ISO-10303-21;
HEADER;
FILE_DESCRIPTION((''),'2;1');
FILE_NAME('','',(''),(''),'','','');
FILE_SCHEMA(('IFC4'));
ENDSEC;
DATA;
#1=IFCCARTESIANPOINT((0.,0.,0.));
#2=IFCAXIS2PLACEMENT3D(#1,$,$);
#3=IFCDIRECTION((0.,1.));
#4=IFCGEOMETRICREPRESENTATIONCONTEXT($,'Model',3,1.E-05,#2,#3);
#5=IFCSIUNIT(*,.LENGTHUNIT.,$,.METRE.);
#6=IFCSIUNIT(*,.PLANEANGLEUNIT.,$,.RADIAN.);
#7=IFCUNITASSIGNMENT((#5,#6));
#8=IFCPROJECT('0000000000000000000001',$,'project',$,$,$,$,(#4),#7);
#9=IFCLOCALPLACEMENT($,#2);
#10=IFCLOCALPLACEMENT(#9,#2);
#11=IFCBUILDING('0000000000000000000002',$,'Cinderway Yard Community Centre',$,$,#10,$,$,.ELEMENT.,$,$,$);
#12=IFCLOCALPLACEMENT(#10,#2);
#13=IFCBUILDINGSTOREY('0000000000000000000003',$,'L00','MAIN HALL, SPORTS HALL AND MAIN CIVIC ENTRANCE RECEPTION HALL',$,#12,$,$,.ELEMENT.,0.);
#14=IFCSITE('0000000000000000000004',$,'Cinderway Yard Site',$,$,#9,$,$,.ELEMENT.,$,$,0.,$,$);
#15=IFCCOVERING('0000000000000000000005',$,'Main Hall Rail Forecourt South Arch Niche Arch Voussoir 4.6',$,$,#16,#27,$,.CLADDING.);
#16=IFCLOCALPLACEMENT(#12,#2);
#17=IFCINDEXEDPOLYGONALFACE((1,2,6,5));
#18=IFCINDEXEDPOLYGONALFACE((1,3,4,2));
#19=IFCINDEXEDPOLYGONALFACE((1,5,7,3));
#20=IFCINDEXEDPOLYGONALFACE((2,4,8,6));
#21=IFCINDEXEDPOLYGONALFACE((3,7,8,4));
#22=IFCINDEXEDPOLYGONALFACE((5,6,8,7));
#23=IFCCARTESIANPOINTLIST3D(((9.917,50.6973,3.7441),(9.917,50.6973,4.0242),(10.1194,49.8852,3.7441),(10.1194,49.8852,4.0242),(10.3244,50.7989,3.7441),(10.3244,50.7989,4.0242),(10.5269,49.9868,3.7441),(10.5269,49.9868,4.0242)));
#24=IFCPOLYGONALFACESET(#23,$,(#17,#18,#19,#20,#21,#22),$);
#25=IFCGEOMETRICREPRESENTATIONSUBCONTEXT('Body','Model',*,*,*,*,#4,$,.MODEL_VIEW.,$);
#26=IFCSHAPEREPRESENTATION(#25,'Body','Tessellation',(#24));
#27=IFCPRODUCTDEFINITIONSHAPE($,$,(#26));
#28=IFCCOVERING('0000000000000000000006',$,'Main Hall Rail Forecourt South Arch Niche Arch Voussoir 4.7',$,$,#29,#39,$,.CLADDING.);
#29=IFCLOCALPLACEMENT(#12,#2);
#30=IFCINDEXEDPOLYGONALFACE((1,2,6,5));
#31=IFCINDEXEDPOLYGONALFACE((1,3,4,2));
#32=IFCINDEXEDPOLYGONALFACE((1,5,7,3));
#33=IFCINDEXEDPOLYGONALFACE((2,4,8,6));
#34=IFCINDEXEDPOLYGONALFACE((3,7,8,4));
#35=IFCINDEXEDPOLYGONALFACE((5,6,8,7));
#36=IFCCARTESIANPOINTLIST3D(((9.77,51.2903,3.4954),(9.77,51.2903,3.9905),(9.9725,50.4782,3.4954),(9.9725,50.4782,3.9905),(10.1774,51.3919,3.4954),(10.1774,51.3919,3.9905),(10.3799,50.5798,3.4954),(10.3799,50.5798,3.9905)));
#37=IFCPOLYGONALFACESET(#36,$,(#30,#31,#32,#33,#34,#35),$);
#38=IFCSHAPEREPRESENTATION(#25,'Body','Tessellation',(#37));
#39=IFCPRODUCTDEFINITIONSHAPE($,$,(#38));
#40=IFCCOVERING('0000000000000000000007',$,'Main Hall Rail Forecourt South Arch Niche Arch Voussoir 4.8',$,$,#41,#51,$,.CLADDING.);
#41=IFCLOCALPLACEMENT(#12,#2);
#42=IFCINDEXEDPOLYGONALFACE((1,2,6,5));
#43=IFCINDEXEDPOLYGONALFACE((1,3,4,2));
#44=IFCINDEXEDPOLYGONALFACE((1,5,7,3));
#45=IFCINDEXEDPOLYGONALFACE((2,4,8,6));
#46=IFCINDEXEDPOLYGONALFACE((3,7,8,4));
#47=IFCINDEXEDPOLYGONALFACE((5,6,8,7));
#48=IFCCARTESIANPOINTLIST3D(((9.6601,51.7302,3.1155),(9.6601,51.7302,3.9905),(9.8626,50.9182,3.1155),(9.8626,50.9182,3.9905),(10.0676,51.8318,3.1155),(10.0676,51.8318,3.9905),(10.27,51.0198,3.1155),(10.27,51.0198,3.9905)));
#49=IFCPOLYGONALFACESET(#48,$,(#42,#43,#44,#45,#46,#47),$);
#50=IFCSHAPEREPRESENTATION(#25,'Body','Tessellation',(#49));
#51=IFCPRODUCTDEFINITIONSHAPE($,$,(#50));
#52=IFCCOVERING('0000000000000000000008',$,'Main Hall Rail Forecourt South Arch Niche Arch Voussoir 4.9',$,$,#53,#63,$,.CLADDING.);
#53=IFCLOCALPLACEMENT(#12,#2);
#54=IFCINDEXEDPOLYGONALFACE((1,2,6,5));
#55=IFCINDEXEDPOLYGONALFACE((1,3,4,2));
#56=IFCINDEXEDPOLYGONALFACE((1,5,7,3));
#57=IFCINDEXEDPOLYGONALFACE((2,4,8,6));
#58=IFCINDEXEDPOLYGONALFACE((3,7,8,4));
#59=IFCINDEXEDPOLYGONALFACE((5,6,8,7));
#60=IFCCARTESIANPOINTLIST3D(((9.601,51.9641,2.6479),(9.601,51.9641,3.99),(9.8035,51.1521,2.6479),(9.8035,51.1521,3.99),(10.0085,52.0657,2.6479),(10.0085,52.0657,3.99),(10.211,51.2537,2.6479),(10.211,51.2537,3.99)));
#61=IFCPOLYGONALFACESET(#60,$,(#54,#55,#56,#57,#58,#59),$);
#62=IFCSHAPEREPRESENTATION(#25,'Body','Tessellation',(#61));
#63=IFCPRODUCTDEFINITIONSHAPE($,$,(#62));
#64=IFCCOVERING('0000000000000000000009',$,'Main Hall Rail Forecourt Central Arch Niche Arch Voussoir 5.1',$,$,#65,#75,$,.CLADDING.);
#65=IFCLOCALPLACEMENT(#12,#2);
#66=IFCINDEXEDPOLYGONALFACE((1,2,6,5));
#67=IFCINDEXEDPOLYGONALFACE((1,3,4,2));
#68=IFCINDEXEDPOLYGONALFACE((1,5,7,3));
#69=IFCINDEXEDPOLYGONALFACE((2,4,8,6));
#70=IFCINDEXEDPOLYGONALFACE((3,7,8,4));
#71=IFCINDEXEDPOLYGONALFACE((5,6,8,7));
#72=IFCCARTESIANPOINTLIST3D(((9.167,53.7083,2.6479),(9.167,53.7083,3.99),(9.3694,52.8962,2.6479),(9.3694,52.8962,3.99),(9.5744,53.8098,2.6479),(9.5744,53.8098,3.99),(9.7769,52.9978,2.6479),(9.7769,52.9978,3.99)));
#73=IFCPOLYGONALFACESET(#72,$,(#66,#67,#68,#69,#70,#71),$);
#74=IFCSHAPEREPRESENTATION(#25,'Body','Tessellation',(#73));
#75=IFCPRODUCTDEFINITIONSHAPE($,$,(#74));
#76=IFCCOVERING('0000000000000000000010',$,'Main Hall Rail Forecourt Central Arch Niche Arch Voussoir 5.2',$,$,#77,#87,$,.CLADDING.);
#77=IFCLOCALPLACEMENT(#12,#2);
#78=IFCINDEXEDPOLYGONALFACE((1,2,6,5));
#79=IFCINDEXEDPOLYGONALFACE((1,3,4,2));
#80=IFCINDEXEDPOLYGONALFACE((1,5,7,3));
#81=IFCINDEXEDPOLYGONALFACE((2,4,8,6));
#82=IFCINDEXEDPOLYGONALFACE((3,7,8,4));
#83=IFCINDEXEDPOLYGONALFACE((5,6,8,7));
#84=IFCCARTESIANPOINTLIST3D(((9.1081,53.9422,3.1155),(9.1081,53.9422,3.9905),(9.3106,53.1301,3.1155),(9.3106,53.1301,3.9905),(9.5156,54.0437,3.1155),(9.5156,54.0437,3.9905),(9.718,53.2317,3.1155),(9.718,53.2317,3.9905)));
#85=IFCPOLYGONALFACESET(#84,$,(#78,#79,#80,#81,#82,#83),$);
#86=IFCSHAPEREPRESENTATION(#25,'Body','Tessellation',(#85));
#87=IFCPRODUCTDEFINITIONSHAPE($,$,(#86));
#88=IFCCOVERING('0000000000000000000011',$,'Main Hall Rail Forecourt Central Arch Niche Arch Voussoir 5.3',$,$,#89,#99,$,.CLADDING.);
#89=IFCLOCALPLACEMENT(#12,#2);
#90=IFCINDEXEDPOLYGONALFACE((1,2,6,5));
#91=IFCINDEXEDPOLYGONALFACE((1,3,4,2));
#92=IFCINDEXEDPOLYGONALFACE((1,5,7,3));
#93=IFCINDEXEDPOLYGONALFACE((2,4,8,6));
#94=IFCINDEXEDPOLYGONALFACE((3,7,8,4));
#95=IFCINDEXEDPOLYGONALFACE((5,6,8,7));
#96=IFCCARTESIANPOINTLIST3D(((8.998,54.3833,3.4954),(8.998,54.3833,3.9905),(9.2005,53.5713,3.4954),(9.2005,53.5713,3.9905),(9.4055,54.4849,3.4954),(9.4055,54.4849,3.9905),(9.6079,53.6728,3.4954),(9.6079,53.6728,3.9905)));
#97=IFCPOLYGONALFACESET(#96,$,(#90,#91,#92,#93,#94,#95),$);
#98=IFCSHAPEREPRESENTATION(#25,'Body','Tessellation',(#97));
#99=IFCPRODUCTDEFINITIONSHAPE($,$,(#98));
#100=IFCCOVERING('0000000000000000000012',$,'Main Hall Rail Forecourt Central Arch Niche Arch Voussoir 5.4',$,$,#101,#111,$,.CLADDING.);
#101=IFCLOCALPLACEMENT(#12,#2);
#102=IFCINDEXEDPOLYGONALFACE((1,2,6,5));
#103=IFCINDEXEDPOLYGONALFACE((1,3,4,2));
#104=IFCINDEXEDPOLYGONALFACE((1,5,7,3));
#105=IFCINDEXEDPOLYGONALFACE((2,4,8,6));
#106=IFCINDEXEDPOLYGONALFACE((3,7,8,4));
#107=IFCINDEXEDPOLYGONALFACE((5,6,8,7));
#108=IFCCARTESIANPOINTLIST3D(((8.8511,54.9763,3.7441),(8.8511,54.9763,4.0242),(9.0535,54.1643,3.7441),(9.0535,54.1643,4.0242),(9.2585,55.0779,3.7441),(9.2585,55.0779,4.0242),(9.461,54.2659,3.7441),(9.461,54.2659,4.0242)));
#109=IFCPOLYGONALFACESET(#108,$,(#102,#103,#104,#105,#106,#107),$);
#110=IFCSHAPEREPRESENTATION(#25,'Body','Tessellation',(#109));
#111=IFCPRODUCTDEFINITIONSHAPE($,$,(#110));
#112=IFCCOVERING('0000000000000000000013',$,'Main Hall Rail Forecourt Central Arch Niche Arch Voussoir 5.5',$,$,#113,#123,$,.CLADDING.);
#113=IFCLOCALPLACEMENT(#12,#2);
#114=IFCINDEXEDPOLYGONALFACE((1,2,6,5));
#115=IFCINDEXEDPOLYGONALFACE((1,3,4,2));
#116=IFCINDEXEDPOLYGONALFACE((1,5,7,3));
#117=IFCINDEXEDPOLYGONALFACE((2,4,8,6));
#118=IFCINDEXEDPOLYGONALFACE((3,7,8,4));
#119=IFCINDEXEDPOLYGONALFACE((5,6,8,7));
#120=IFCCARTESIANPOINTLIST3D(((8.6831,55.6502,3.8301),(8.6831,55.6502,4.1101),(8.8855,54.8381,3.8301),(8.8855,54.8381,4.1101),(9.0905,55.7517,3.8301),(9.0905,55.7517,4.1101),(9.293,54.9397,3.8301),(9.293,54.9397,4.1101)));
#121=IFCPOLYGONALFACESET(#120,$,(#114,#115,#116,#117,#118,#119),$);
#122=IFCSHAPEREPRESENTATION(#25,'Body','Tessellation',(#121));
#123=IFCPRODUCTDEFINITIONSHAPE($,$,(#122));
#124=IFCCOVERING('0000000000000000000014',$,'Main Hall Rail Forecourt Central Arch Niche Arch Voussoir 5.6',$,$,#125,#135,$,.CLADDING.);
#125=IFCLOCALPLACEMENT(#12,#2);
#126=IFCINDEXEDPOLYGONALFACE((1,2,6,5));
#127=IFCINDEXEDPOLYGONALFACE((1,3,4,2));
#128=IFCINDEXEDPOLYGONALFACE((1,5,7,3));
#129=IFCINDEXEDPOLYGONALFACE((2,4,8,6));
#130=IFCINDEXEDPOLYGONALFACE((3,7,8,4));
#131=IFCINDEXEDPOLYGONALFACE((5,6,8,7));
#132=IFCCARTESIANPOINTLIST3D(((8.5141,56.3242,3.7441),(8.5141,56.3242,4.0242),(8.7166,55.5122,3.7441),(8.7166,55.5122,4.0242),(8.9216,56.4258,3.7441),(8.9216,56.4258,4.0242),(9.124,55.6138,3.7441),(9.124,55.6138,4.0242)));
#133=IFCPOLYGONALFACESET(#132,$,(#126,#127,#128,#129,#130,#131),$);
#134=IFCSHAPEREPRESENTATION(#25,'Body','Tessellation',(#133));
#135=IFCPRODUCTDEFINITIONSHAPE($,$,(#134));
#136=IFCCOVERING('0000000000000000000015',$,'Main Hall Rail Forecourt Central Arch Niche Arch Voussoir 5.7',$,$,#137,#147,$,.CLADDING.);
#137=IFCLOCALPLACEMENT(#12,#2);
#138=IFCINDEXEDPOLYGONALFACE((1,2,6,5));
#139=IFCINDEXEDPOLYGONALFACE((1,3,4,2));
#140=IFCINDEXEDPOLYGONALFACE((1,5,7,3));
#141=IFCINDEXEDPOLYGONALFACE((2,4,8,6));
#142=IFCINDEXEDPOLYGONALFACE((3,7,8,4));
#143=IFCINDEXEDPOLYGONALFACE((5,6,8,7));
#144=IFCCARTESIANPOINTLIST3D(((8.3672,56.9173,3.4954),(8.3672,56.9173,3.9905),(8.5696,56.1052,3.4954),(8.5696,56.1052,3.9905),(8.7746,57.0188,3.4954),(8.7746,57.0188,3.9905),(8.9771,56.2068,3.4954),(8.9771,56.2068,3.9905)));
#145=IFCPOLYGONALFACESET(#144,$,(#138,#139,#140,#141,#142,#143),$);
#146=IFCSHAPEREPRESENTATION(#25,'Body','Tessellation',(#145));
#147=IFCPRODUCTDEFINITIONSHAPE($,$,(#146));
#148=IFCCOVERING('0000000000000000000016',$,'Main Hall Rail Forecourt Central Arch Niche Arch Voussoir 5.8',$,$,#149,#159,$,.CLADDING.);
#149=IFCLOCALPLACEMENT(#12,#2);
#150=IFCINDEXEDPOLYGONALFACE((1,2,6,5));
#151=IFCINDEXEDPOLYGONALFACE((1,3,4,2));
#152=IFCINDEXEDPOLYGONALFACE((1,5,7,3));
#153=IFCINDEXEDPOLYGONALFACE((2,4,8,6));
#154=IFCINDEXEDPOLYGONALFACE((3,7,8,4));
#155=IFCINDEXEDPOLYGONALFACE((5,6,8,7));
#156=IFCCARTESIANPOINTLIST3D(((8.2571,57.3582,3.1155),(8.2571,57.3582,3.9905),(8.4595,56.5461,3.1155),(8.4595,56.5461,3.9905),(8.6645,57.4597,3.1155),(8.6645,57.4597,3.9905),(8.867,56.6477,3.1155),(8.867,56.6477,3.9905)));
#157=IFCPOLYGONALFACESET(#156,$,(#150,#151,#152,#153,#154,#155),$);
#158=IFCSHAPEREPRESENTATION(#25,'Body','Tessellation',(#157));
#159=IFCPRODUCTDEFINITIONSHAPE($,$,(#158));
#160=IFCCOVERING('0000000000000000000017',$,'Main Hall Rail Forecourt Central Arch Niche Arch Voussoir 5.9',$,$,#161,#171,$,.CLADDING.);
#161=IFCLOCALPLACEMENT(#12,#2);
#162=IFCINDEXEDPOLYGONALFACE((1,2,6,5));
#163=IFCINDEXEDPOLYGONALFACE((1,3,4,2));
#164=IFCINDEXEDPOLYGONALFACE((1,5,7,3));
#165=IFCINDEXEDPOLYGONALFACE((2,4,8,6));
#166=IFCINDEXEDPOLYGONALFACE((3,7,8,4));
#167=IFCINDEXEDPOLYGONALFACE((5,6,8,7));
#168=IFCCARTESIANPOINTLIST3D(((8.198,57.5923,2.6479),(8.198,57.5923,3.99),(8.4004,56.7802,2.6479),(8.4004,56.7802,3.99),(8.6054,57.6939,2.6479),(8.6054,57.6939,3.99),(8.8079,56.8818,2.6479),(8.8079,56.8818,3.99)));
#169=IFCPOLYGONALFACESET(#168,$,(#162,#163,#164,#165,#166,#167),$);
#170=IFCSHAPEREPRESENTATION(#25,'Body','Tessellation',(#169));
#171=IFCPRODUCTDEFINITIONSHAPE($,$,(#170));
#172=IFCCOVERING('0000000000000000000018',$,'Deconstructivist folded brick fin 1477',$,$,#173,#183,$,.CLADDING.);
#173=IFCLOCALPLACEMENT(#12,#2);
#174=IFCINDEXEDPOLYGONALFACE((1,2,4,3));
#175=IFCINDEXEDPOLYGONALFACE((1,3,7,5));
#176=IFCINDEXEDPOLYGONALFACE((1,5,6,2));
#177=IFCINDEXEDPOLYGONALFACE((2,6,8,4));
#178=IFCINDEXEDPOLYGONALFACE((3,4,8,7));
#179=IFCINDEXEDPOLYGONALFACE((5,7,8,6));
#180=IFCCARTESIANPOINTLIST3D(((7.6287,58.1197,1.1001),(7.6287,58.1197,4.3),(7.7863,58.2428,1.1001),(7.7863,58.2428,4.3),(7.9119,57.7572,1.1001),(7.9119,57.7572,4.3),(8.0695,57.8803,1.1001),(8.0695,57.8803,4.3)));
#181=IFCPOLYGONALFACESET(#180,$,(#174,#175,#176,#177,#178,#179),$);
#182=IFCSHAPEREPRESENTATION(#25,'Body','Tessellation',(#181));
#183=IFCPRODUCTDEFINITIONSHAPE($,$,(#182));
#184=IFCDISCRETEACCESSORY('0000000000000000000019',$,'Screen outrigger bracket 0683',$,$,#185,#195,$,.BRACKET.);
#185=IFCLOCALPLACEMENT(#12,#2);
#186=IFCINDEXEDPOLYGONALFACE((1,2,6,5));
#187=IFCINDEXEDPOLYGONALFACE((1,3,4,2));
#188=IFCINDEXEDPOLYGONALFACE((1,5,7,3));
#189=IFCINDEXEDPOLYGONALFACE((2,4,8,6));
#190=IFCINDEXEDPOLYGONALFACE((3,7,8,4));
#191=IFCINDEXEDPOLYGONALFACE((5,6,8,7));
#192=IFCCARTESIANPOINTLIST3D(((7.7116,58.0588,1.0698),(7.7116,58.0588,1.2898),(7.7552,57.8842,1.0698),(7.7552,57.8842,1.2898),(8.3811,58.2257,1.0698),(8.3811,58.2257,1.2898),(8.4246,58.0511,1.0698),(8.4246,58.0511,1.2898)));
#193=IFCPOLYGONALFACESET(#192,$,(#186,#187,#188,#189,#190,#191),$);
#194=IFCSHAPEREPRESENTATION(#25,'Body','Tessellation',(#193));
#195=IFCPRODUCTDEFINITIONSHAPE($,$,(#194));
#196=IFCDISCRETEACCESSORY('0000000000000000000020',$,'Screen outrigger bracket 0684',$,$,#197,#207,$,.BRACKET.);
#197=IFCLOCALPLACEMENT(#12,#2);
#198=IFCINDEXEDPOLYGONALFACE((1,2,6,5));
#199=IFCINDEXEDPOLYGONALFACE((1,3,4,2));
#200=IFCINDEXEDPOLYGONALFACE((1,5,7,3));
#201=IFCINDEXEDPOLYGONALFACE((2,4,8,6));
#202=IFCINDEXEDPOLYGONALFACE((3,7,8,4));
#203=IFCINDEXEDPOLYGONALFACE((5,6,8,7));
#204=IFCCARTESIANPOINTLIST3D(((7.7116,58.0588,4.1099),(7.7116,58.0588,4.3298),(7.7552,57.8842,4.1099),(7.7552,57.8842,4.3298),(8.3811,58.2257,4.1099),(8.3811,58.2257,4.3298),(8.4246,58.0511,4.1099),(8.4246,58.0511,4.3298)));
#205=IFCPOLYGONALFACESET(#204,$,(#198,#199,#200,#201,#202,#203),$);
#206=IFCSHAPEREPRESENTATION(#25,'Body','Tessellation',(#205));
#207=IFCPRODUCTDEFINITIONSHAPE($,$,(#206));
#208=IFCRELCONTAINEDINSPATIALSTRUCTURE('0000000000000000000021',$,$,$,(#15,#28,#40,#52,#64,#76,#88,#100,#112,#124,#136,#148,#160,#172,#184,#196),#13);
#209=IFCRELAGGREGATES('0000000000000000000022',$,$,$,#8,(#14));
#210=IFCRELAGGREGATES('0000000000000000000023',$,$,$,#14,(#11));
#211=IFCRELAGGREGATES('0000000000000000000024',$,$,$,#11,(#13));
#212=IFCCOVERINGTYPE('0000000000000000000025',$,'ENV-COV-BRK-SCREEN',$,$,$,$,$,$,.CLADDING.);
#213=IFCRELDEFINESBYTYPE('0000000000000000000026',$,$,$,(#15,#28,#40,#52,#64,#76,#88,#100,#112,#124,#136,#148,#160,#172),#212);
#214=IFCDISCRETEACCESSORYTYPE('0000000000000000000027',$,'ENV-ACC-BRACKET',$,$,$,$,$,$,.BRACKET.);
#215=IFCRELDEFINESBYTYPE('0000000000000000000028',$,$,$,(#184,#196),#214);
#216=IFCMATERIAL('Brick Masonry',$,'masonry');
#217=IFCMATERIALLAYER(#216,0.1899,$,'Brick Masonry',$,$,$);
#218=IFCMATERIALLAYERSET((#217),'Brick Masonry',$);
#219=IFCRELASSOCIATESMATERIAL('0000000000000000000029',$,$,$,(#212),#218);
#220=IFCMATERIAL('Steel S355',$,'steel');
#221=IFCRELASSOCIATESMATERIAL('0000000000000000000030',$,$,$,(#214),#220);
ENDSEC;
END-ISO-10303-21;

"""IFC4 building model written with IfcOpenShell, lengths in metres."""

from ifc_helpers import new_model, si_unit, direction, frame, origin, origin_2d, place, context, subcontext, project, spatial, rectangle, extrude, material, layer, layer_set, type_object, element, save


model = new_model("IFC4")

# Units and contexts
model_context = context("Model", 3, precision=1e-05, world=origin(), true_north=direction((0.0, 1.0)))
body_context = subcontext(model_context, "Body", "Model", "MODEL_VIEW")
ifc_project = project(units=[si_unit("LENGTHUNIT", "METRE"), si_unit("PLANEANGLEUNIT", "RADIAN")], contexts=[model_context])

# Site, building, storey
site_placement = place(None, origin())
site = spatial("IfcSite", under=ifc_project, at=site_placement, Name="Cinderway Yard Site", CompositionType="ELEMENT", RefElevation=0.0)
building_placement = place(site_placement, origin())
building = spatial("IfcBuilding", under=site, at=building_placement, Name="Cinderway Yard Community Centre", CompositionType="ELEMENT")
storey_placement = place(building_placement, origin())
storey = spatial("IfcBuildingStorey", under=building, at=storey_placement, Name="L00", Description="MAIN HALL, SPORTS HALL AND MAIN CIVIC ENTRANCE RECEPTION HALL", CompositionType="ELEMENT", Elevation=0.0)

# Shared definitions
ifc_material_1 = material(Name="Steel S355", Category="steel")

# Shared definitions
ifc_material_2 = material(Name="Brick Masonry", Category="masonry")

# Coverings
ifc_layer_1 = layer(ifc_material_2, 0.1899, Name="Brick Masonry")
ifc_layer_set_1 = layer_set([ifc_layer_1], Name="Brick Masonry")
covering_type = type_object("IfcCoveringType", Name="ENV-COV-BRK-SCREEN", PredefinedType="CLADDING", material=ifc_layer_set_1)
for number, where, z_axis, x_axis, name in (
    (1, (10.2219, 50.342, 3.7441), (0.0, 0.0, 1.0), (-0.241922, 0.970296, 0.0), "Main Hall Rail Forecourt South Arch Niche Arch Voussoir 4.6"),
):
    element("IfcCovering", number, at=place(storey_placement, frame(where, z_axis=z_axis, x_axis=x_axis)), inside=storey, type_object=covering_type, Name=name, PredefinedType="CLADDING", context=body_context, shape_type="SweptSolid", body=[
        extrude(rectangle(XDim=0.8369, YDim=0.4199, at=origin_2d()), origin(), (0.0, 0.0, 1.0), 0.28),
    ])
covering_1_placement = place(storey_placement, frame((10.075, 50.9351, 3.4954), z_axis=(0.0, 0.0, 1.0), x_axis=(-0.241922, 0.970296, 0.0)))
element("IfcCovering", 2, at=covering_1_placement, inside=storey, type_object=covering_type, Name="Main Hall Rail Forecourt South Arch Niche Arch Voussoir 4.7", PredefinedType="CLADDING", context=body_context, shape_type="SweptSolid", body=[
    extrude(rectangle(XDim=0.8369, YDim=0.4199, at=origin_2d()), origin(), (0.0, 0.0, 1.0), 0.4951),
])
covering_2_placement = place(storey_placement, frame((9.9651, 51.375, 3.1155), z_axis=(0.0, 0.0, 1.0), x_axis=(-0.241922, 0.970296, 0.0)))
element("IfcCovering", 3, at=covering_2_placement, inside=storey, type_object=covering_type, Name="Main Hall Rail Forecourt South Arch Niche Arch Voussoir 4.8", PredefinedType="CLADDING", context=body_context, shape_type="SweptSolid", body=[
    extrude(rectangle(XDim=0.8369, YDim=0.4199, at=origin_2d()), origin(), (0.0, 0.0, 1.0), 0.875),
])
for number, where, z_axis, x_axis, name in (
    (4, (9.906, 51.6089, 2.6479), (0.0, 0.0, 1.0), (-0.241922, 0.970296, 0.0), "Main Hall Rail Forecourt South Arch Niche Arch Voussoir 4.9"),
    (5, (9.4719, 53.353, 2.6479), (0.0, 0.0, 1.0), (-0.241888, 0.970304, 0.0), "Main Hall Rail Forecourt Central Arch Niche Arch Voussoir 5.1"),
):
    element("IfcCovering", number, at=place(storey_placement, frame(where, z_axis=z_axis, x_axis=x_axis)), inside=storey, type_object=covering_type, Name=name, PredefinedType="CLADDING", context=body_context, shape_type="SweptSolid", body=[
        extrude(rectangle(XDim=0.8369, YDim=0.4199, at=origin_2d()), origin(), (0.0, 0.0, 1.0), 1.342),
    ])
covering_3_placement = place(storey_placement, frame((9.4131, 53.5869, 3.1155), z_axis=(0.0, 0.0, 1.0), x_axis=(-0.241888, 0.970304, 0.0)))
element("IfcCovering", 6, at=covering_3_placement, inside=storey, type_object=covering_type, Name="Main Hall Rail Forecourt Central Arch Niche Arch Voussoir 5.2", PredefinedType="CLADDING", context=body_context, shape_type="SweptSolid", body=[
    extrude(rectangle(XDim=0.8369, YDim=0.4199, at=origin_2d()), origin(), (0.0, 0.0, 1.0), 0.875),
])
covering_4_placement = place(storey_placement, frame((9.303, 54.0281, 3.4954), z_axis=(0.0, 0.0, 1.0), x_axis=(-0.241888, 0.970304, 0.0)))
element("IfcCovering", 7, at=covering_4_placement, inside=storey, type_object=covering_type, Name="Main Hall Rail Forecourt Central Arch Niche Arch Voussoir 5.3", PredefinedType="CLADDING", context=body_context, shape_type="SweptSolid", body=[
    extrude(rectangle(XDim=0.8369, YDim=0.4199, at=origin_2d()), origin(), (0.0, 0.0, 1.0), 0.4951),
])
for number, where, z_axis, x_axis, name in (
    (8, (9.156, 54.6211, 3.7441), (0.0, 0.0, 1.0), (-0.241888, 0.970304, 0.0), "Main Hall Rail Forecourt Central Arch Niche Arch Voussoir 5.4"),
    (9, (8.988, 55.2949, 3.8301), (0.0, 0.0, 1.0), (-0.241888, 0.970304, 0.0), "Main Hall Rail Forecourt Central Arch Niche Arch Voussoir 5.5"),
    (10, (8.8191, 55.969, 3.7441), (0.0, 0.0, 1.0), (-0.241888, 0.970304, 0.0), "Main Hall Rail Forecourt Central Arch Niche Arch Voussoir 5.6"),
):
    element("IfcCovering", number, at=place(storey_placement, frame(where, z_axis=z_axis, x_axis=x_axis)), inside=storey, type_object=covering_type, Name=name, PredefinedType="CLADDING", context=body_context, shape_type="SweptSolid", body=[
        extrude(rectangle(XDim=0.8369, YDim=0.4199, at=origin_2d()), origin(), (0.0, 0.0, 1.0), 0.28),
    ])
covering_5_placement = place(storey_placement, frame((8.6721, 56.562, 3.4954), z_axis=(0.0, 0.0, 1.0), x_axis=(-0.241888, 0.970304, 0.0)))
element("IfcCovering", 11, at=covering_5_placement, inside=storey, type_object=covering_type, Name="Main Hall Rail Forecourt Central Arch Niche Arch Voussoir 5.7", PredefinedType="CLADDING", context=body_context, shape_type="SweptSolid", body=[
    extrude(rectangle(XDim=0.8369, YDim=0.4199, at=origin_2d()), origin(), (0.0, 0.0, 1.0), 0.4951),
])
covering_6_placement = place(storey_placement, frame((8.562, 57.0029, 3.1155), z_axis=(0.0, 0.0, 1.0), x_axis=(-0.241888, 0.970304, 0.0)))
element("IfcCovering", 12, at=covering_6_placement, inside=storey, type_object=covering_type, Name="Main Hall Rail Forecourt Central Arch Niche Arch Voussoir 5.8", PredefinedType="CLADDING", context=body_context, shape_type="SweptSolid", body=[
    extrude(rectangle(XDim=0.8369, YDim=0.4199, at=origin_2d()), origin(), (0.0, 0.0, 1.0), 0.875),
])
covering_7_placement = place(storey_placement, frame((8.5029, 57.2371, 2.6479), z_axis=(0.0, 0.0, 1.0), x_axis=(-0.241888, 0.970304, 0.0)))
element("IfcCovering", 13, at=covering_7_placement, inside=storey, type_object=covering_type, Name="Main Hall Rail Forecourt Central Arch Niche Arch Voussoir 5.9", PredefinedType="CLADDING", context=body_context, shape_type="SweptSolid", body=[
    extrude(rectangle(XDim=0.8369, YDim=0.4199, at=origin_2d()), origin(), (0.0, 0.0, 1.0), 1.342),
])
covering_8_placement = place(storey_placement, frame((7.8491, 58.0, 1.1001), z_axis=(0.0, 0.0, 1.0), x_axis=(-0.615661, 0.788011, 0.0)))
element("IfcCovering", 14, at=covering_8_placement, inside=storey, type_object=covering_type, Name="Deconstructivist folded brick fin 1477", PredefinedType="CLADDING", context=body_context, shape_type="SweptSolid", body=[
    extrude(rectangle(XDim=0.46, YDim=0.2, at=origin_2d()), origin(), (0.0, 0.0, 1.0), 3.2),
])

# Discrete accessories
discrete_accessory_type = type_object("IfcDiscreteAccessoryType", Name="ENV-ACC-BRACKET", PredefinedType="BRACKET", material=ifc_material_1)
for number, where, z_axis, x_axis, name in (
    (15, (8.0681, 58.0549, 1.0698), (0.0, 0.0, 1.0), (-0.970296, -0.241922, 0.0), "Screen outrigger bracket 0683"),
    (16, (8.0681, 58.0549, 4.1099), (0.0, 0.0, 1.0), (-0.970296, -0.241922, 0.0), "Screen outrigger bracket 0684"),
):
    element("IfcDiscreteAccessory", number, at=place(storey_placement, frame(where, z_axis=z_axis, x_axis=x_axis)), inside=storey, type_object=discrete_accessory_type, Name=name, PredefinedType="BRACKET", context=body_context, shape_type="SweptSolid", body=[
        extrude(rectangle(XDim=0.6899, YDim=0.1799, at=origin_2d()), origin(), (0.0, 0.0, 1.0), 0.22),
    ])

save(model, "model.ifc")
